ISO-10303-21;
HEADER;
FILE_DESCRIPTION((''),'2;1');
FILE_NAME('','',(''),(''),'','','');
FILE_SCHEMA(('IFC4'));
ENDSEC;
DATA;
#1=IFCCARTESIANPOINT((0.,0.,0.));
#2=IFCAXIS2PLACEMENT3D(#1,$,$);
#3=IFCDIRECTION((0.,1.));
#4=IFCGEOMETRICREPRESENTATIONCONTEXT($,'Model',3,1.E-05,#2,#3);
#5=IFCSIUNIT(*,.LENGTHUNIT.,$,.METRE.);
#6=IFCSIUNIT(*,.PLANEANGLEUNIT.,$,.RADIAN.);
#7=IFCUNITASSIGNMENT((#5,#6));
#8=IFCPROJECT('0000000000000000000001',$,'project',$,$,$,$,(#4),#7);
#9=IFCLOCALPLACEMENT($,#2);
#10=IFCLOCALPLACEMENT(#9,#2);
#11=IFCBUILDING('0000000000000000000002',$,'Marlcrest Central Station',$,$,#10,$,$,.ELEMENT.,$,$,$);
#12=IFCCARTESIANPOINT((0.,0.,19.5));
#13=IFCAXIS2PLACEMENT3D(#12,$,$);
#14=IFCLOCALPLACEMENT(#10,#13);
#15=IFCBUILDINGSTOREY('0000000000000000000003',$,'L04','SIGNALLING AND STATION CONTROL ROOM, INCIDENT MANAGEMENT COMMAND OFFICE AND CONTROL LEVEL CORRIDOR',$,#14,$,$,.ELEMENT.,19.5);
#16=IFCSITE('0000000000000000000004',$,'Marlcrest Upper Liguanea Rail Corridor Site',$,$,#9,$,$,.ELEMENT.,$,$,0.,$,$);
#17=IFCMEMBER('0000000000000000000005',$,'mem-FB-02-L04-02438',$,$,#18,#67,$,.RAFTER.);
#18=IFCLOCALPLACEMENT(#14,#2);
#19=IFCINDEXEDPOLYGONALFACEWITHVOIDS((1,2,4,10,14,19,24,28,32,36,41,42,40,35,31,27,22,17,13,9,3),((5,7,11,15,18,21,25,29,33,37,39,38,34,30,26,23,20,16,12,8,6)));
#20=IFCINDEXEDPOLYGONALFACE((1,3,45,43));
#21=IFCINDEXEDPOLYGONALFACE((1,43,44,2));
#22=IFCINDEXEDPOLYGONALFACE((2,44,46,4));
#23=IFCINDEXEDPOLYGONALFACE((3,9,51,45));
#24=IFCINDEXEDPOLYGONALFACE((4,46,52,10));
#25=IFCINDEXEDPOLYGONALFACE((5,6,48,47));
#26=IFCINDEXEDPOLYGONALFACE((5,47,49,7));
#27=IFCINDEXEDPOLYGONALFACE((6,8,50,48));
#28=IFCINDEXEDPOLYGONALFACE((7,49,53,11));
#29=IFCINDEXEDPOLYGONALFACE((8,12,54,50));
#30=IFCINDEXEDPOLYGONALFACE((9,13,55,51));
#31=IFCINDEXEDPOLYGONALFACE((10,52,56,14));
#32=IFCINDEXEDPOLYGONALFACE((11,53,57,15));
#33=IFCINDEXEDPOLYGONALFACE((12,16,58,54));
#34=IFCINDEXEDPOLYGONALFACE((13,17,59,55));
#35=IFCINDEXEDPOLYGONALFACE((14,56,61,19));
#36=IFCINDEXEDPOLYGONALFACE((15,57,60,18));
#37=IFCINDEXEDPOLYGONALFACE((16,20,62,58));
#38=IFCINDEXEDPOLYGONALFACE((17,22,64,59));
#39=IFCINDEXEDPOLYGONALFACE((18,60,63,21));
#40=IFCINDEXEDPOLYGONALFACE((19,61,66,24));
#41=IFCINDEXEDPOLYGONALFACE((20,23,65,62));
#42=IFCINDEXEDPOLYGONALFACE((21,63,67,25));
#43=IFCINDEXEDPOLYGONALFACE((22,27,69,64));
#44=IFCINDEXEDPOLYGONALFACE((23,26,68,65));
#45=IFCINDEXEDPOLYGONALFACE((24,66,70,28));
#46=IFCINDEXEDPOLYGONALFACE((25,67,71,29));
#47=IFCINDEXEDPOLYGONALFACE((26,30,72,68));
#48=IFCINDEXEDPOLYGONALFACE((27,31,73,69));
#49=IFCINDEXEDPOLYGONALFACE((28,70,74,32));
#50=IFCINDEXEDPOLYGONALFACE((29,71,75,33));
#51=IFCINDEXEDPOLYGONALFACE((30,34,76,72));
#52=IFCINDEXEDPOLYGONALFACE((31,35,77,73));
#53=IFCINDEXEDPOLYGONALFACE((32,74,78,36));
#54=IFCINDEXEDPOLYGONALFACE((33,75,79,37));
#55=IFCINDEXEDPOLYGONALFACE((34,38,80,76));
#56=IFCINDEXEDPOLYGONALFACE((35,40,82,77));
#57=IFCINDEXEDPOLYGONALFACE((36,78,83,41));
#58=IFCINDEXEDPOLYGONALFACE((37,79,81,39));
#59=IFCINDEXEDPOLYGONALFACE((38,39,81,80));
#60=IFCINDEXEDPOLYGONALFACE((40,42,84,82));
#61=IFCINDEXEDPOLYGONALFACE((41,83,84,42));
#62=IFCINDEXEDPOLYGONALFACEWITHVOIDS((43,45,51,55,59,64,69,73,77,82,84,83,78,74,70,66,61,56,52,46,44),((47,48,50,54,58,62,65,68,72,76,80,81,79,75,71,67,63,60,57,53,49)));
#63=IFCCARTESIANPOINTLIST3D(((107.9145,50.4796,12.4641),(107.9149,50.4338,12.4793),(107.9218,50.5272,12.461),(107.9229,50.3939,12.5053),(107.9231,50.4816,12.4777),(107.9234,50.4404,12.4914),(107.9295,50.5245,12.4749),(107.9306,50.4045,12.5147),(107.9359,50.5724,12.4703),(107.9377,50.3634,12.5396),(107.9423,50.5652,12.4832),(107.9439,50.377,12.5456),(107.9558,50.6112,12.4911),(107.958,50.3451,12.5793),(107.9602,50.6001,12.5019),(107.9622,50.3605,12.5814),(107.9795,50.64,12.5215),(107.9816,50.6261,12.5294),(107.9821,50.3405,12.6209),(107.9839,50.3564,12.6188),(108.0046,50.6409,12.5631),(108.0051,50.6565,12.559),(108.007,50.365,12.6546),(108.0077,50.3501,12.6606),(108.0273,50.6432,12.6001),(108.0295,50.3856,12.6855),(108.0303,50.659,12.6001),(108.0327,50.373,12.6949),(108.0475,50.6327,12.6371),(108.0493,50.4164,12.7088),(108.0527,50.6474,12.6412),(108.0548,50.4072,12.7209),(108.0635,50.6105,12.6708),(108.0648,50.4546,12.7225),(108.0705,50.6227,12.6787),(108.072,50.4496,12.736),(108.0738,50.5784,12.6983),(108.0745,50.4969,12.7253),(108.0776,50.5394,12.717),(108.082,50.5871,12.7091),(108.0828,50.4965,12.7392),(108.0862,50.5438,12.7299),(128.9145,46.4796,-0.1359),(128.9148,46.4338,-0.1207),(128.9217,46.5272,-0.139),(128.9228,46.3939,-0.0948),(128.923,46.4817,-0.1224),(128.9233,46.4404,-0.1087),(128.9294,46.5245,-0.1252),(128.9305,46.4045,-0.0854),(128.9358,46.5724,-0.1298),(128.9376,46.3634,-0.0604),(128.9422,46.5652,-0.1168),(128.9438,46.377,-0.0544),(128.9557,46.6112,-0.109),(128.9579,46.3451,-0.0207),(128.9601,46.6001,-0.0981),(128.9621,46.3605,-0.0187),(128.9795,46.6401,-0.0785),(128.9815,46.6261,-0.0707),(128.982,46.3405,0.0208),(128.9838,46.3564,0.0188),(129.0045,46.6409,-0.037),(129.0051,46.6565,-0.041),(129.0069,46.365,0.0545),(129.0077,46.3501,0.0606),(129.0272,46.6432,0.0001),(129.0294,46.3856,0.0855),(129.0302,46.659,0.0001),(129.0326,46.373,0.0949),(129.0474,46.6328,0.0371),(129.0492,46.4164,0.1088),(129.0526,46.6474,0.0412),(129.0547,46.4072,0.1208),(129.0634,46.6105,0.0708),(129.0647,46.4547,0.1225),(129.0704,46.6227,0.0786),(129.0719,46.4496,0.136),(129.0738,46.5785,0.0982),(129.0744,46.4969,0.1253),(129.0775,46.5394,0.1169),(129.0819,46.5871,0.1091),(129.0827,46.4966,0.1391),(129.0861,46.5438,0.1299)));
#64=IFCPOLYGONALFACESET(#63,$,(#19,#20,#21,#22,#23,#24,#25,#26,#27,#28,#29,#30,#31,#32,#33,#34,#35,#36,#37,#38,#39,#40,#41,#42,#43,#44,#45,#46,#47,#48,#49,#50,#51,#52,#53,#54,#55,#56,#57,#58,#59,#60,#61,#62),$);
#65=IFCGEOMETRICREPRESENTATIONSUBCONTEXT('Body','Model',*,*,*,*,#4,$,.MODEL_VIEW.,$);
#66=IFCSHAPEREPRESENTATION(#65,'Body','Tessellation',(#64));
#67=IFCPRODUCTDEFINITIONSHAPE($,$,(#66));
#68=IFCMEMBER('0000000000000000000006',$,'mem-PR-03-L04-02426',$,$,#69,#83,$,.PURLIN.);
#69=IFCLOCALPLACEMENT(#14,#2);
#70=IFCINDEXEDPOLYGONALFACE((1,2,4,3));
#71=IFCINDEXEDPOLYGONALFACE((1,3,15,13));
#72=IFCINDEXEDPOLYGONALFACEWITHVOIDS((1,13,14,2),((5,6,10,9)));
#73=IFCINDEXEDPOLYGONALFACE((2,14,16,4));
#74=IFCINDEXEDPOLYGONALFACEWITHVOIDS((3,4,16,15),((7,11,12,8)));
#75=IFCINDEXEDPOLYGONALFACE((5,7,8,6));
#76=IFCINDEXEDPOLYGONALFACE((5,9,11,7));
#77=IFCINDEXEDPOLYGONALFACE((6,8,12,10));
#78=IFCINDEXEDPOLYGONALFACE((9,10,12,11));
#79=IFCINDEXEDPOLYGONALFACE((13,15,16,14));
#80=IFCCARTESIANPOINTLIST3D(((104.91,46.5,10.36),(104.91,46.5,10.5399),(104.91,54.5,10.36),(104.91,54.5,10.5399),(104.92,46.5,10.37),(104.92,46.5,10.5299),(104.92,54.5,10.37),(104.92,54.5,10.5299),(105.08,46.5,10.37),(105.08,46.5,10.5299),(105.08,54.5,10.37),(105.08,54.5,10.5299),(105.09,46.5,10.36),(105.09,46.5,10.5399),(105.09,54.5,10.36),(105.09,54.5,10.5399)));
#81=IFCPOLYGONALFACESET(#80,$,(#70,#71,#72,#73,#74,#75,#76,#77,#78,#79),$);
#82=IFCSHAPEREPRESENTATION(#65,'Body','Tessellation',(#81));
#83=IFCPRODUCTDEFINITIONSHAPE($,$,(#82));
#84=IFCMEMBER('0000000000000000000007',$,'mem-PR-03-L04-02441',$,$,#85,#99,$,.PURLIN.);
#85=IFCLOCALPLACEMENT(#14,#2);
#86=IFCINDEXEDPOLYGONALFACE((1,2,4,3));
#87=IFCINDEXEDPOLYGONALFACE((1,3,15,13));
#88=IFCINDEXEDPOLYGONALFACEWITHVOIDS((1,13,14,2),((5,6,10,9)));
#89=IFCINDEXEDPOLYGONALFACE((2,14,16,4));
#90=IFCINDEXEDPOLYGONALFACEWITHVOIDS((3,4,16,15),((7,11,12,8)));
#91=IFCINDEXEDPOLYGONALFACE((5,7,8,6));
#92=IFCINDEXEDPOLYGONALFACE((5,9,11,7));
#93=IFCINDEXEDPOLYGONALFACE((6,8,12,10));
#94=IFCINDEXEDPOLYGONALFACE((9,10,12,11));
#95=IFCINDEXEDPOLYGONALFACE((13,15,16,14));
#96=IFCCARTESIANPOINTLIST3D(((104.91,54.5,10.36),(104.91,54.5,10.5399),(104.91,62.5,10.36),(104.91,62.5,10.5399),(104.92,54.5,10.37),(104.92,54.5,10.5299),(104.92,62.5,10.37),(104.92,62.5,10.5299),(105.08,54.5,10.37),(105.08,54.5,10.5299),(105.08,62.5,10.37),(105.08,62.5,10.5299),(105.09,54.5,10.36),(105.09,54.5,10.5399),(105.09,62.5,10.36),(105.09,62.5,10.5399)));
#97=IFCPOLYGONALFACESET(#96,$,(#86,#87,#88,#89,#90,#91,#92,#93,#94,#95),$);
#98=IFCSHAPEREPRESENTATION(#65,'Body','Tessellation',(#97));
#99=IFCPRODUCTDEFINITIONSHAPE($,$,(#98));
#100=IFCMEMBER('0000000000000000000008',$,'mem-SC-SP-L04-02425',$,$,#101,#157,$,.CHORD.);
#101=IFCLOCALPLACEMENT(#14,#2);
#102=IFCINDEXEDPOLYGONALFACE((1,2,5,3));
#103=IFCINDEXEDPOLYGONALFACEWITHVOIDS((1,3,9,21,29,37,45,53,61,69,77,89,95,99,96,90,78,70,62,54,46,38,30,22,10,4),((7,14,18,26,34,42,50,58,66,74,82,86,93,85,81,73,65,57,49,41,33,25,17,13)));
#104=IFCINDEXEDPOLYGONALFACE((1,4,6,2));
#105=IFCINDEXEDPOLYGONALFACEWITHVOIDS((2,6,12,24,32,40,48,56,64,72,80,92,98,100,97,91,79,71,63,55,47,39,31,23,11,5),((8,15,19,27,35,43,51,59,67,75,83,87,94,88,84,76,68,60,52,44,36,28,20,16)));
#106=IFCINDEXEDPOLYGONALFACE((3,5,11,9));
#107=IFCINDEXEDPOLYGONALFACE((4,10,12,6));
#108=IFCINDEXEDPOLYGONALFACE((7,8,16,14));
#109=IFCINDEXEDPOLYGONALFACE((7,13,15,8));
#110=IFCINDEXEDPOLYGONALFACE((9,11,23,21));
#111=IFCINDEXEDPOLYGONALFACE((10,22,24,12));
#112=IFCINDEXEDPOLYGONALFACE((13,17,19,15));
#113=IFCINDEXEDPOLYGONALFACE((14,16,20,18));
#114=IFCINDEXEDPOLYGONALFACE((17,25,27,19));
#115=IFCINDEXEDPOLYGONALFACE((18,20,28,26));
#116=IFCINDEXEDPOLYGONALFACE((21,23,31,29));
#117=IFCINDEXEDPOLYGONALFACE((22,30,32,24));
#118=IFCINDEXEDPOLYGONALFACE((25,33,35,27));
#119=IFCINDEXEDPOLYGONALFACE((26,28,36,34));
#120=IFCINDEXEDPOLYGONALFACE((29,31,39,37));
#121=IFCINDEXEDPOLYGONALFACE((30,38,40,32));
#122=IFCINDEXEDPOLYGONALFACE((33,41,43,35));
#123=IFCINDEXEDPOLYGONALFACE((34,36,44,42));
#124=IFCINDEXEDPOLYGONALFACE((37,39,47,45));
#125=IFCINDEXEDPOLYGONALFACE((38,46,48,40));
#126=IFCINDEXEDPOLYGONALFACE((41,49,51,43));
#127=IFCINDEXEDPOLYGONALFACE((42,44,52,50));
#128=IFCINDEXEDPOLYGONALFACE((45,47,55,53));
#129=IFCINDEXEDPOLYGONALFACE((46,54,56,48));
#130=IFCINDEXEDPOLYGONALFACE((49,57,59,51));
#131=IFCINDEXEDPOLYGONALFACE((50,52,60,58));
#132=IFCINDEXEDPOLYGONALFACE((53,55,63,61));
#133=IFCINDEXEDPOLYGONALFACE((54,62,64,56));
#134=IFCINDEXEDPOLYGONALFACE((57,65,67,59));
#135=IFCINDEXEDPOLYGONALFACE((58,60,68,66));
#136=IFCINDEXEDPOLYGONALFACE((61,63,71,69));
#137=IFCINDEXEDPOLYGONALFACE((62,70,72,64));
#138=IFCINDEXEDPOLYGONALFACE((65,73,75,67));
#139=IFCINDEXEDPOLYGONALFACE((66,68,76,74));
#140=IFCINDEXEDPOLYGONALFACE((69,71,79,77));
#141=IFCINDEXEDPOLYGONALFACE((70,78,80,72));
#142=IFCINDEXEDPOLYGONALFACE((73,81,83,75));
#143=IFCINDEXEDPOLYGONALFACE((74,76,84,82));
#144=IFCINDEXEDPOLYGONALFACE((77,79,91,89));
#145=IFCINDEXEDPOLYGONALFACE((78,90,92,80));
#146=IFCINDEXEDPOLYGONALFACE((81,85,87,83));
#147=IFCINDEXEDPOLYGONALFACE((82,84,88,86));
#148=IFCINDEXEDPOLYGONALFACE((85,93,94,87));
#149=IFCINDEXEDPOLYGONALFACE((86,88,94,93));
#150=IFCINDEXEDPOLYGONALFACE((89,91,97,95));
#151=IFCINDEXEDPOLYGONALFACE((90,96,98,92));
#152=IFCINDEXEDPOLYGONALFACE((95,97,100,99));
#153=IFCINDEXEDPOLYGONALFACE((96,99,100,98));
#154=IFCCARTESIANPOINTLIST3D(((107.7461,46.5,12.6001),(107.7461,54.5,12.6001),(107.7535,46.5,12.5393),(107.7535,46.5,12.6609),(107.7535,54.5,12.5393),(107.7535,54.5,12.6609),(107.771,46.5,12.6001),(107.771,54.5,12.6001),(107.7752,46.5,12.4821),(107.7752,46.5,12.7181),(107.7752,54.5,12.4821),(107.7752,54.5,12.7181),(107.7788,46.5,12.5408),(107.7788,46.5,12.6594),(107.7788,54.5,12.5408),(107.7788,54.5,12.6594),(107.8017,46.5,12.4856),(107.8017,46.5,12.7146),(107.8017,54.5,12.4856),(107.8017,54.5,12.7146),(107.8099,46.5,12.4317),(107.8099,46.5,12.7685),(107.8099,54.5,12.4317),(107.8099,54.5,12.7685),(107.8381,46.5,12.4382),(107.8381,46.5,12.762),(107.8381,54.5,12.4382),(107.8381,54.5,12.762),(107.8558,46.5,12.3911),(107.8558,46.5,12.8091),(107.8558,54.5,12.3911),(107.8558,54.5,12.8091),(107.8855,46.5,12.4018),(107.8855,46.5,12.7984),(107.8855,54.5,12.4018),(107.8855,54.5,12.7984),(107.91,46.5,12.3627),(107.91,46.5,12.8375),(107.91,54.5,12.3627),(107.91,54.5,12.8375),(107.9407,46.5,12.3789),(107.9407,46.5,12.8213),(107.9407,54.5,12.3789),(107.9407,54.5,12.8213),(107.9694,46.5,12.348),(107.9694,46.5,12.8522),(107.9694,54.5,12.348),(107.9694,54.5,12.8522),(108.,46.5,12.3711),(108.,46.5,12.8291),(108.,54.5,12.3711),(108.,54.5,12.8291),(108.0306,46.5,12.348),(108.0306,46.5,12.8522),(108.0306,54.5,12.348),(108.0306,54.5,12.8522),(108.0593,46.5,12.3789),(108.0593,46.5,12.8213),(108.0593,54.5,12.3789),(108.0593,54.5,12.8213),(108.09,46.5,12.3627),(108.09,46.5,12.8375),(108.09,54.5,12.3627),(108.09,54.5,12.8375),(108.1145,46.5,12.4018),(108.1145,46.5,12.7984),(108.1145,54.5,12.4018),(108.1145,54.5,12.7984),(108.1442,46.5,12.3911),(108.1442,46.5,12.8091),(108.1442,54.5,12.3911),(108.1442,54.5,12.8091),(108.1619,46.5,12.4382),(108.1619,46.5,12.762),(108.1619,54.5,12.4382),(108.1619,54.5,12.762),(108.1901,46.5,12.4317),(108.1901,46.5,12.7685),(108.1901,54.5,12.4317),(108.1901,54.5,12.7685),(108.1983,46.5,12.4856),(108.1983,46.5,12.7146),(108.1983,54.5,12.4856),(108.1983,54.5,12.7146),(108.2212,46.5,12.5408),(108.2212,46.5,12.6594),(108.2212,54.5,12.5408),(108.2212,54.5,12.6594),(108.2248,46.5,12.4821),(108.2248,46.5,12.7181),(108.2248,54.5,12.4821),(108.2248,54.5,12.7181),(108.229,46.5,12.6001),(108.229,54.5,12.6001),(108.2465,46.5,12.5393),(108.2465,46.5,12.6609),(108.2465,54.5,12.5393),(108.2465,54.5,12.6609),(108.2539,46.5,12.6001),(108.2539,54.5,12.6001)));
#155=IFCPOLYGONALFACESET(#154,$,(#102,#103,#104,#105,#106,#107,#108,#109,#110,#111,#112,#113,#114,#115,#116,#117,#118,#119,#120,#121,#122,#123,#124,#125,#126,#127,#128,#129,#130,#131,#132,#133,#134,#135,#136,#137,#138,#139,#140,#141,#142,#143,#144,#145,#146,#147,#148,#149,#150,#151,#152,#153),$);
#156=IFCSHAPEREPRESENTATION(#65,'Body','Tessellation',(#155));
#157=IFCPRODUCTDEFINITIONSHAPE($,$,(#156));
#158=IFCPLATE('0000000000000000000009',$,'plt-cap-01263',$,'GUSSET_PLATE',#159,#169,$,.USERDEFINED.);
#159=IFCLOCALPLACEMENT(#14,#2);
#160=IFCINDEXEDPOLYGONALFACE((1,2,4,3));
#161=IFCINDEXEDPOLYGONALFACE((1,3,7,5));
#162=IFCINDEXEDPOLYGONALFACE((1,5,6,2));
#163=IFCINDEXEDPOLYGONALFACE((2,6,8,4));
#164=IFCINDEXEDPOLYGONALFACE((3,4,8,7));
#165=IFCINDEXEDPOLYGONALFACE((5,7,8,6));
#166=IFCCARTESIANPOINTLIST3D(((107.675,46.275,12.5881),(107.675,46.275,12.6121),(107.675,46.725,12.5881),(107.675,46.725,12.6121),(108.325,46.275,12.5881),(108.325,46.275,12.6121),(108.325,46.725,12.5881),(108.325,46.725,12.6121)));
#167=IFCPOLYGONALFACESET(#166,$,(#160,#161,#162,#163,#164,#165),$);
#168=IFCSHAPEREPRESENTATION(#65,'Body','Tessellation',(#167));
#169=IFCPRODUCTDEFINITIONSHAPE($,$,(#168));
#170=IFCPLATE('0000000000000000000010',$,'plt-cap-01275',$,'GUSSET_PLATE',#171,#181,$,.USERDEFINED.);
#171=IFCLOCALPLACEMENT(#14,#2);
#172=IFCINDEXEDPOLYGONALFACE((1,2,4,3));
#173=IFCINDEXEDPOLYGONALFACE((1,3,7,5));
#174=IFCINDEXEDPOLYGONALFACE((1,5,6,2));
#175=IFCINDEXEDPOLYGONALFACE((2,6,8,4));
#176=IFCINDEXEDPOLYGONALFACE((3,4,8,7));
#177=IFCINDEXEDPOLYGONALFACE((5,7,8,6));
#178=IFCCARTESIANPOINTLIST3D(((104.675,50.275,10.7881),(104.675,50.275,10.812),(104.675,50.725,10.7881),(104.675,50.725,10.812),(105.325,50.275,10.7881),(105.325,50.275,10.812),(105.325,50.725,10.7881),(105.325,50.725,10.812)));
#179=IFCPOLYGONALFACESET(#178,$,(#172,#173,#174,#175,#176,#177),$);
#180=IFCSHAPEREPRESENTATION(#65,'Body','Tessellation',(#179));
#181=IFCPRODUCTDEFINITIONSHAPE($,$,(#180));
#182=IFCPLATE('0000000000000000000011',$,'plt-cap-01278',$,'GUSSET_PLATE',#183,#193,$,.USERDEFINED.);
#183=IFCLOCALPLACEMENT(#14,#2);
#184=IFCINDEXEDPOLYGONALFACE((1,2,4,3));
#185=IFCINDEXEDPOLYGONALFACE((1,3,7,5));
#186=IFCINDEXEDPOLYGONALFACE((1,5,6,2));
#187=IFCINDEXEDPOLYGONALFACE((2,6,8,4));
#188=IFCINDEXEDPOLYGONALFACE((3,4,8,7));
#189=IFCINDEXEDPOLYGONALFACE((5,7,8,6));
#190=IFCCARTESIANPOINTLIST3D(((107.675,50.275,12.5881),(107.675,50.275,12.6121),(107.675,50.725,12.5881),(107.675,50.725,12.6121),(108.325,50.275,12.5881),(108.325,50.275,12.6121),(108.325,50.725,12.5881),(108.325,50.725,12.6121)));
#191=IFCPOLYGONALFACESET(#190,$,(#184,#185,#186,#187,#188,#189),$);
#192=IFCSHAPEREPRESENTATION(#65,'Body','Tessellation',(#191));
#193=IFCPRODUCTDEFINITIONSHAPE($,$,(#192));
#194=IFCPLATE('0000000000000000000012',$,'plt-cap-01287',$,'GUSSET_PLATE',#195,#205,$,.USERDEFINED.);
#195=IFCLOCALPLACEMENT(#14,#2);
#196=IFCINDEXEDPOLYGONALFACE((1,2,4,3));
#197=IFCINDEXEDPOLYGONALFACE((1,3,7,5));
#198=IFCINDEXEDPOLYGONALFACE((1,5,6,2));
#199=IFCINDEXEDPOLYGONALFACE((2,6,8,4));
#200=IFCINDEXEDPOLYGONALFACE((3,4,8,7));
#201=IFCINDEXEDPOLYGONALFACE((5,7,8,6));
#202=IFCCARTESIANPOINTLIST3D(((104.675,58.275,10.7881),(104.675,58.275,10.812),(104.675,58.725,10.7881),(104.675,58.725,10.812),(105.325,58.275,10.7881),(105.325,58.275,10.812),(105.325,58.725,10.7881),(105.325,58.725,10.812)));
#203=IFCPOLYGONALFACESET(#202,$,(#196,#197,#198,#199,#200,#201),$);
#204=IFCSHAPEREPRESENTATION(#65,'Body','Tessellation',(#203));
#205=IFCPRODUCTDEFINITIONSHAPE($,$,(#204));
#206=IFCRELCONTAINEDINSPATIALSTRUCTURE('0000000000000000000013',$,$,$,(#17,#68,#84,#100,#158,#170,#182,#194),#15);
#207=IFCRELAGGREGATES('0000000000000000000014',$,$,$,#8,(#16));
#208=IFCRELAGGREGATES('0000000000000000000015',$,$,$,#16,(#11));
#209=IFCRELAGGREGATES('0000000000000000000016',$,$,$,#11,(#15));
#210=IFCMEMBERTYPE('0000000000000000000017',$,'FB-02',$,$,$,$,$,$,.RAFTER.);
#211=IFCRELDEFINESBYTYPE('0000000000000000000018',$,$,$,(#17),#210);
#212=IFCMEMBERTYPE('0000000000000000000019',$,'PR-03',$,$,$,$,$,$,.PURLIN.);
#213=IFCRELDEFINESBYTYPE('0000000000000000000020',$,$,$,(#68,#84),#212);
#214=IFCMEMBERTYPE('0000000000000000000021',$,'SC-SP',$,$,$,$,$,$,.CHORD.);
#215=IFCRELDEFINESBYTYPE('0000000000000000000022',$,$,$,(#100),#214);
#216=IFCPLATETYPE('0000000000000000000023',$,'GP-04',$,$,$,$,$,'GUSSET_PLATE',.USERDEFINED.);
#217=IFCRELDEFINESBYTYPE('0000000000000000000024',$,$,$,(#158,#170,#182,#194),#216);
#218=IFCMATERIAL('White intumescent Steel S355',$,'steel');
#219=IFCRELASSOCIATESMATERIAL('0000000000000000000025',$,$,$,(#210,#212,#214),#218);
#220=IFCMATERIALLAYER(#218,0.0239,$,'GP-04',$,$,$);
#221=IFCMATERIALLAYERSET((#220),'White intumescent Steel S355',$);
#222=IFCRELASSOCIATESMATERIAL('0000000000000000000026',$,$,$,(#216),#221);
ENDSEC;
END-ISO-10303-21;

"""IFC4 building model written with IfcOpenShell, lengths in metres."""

from ifc_helpers import new_model, si_unit, direction, frame, origin, origin_2d, place, context, subcontext, project, spatial, rectangle, hollow_rectangle, hollow_circle, extrude, material, layer, layer_set, material_profile, profile_set, type_object, element, save


model = new_model("IFC4")

# Units and contexts
model_context = context("Model", 3, precision=1e-05, world=origin(), true_north=direction((0.0, 1.0)))
body_context = subcontext(model_context, "Body", "Model", "MODEL_VIEW")
ifc_project = project(units=[si_unit("LENGTHUNIT", "METRE"), si_unit("PLANEANGLEUNIT", "RADIAN")], contexts=[model_context])

# Site, building, storey
site_placement = place(None, origin())
site = spatial("IfcSite", under=ifc_project, at=site_placement, Name="Marlcrest Upper Liguanea Rail Corridor Site", CompositionType="ELEMENT", RefElevation=0.0)
building_placement = place(site_placement, origin())
building = spatial("IfcBuilding", under=site, at=building_placement, Name="Marlcrest Central Station", CompositionType="ELEMENT")
storey_placement = place(building_placement, frame((0.0, 0.0, 19.5)))
storey = spatial("IfcBuildingStorey", under=building, at=storey_placement, Name="L04", Description="SIGNALLING AND STATION CONTROL ROOM, INCIDENT MANAGEMENT COMMAND OFFICE AND CONTROL LEVEL CORRIDOR", CompositionType="ELEMENT", Elevation=19.5)

# Members
ifc_material_1 = material(Name="White intumescent Steel S355", Category="steel")
ifc_material_profile_1 = material_profile(ifc_material_1, hollow_circle(Radius=0.1619, WallThickness=0.0161, at=origin_2d()), Name="CHS 323.9x16")
ifc_profile_set_1 = profile_set([ifc_material_profile_1], Name="White intumescent Steel S355")
member_type_1 = type_object("IfcMemberType", Name="FB-02", PredefinedType="RAFTER", material=ifc_profile_set_1)
for number, where, z_axis, x_axis, name in (
    (1, (108.0, 50.5, 12.6001), (0.846277, -0.161196, -0.50777), (0.187112, 0.982339, 0.0), "mem-FB-02-L04-02438"),
):
    element("IfcMember", number, at=place(storey_placement, frame(where, z_axis=z_axis, x_axis=x_axis)), inside=storey, type_object=member_type_1, Name=name, PredefinedType="RAFTER", context=body_context, shape_type="SweptSolid", body=[
        extrude(hollow_circle(Radius=0.1619, WallThickness=0.0161, at=origin_2d()), origin(), (0.0, 0.0, 1.0), 24.8145),
    ])
ifc_material_profile_2 = material_profile(ifc_material_1, hollow_rectangle(XDim=0.1799, YDim=0.1799, WallThickness=0.01, at=origin_2d()), Name="SHS 180x180x10")
ifc_profile_set_2 = profile_set([ifc_material_profile_2], Name="White intumescent Steel S355")
member_type_2 = type_object("IfcMemberType", Name="PR-03", PredefinedType="PURLIN", material=ifc_profile_set_2)
for number, where, z_axis, x_axis, name in (
    (2, (105.0, 46.5, 10.45), (0.0, 1.0, 0.0), (-1.0, 0.0, 0.0), "mem-PR-03-L04-02426"),
    (3, (105.0, 54.5, 10.45), (0.0, 1.0, 0.0), (-1.0, 0.0, 0.0), "mem-PR-03-L04-02441"),
):
    element("IfcMember", number, at=place(storey_placement, frame(where, z_axis=z_axis, x_axis=x_axis)), inside=storey, type_object=member_type_2, Name=name, PredefinedType="PURLIN", context=body_context, shape_type="SweptSolid", body=[
        extrude(hollow_rectangle(XDim=0.1799, YDim=0.1799, WallThickness=0.01, at=origin_2d()), origin(), (0.0, 0.0, 1.0), 8.0),
    ])
ifc_material_profile_3 = material_profile(ifc_material_1, hollow_circle(Radius=0.2539, WallThickness=0.0249, at=origin_2d()), Name="CHS 508x25")
ifc_profile_set_3 = profile_set([ifc_material_profile_3], Name="White intumescent Steel S355")
member_type_3 = type_object("IfcMemberType", Name="SC-SP", PredefinedType="CHORD", material=ifc_profile_set_3)
member_placement = place(storey_placement, frame((108.0, 46.5, 12.6001), z_axis=(0.0, 1.0, 0.0), x_axis=(-1.0, 0.0, 0.0)))
element("IfcMember", 4, at=member_placement, inside=storey, type_object=member_type_3, Name="mem-SC-SP-L04-02425", PredefinedType="CHORD", context=body_context, shape_type="SweptSolid", body=[
    extrude(hollow_circle(Radius=0.2539, WallThickness=0.0249, at=origin_2d()), origin(), (0.0, 0.0, 1.0), 8.0),
])

# Plates
ifc_layer_1 = layer(ifc_material_1, 0.0239, Name="GP-04")
ifc_layer_set_1 = layer_set([ifc_layer_1], Name="White intumescent Steel S355")
plate_type_1 = type_object("IfcPlateType", Name="GP-04", ElementType="GUSSET_PLATE", PredefinedType="USERDEFINED", material=ifc_layer_set_1)
for number, where, z_axis, x_axis, name in (
    (5, (108.0, 46.5, 12.5881), (0.0, 0.0, 1.0), (1.0, 0.0, 0.0), "plt-cap-01263"),
    (6, (105.0, 50.5, 10.7881), (0.0, 0.0, 1.0), (1.0, 0.0, 0.0), "plt-cap-01275"),
    (7, (108.0, 50.5, 12.5881), (0.0, 0.0, 1.0), (1.0, 0.0, 0.0), "plt-cap-01278"),
    (8, (105.0, 58.5, 10.7881), (0.0, 0.0, 1.0), (1.0, 0.0, 0.0), "plt-cap-01287"),
):
    element("IfcPlate", number, at=place(storey_placement, frame(where, z_axis=z_axis, x_axis=x_axis)), inside=storey, type_object=plate_type_1, Name=name, ObjectType="GUSSET_PLATE", PredefinedType="USERDEFINED", context=body_context, shape_type="SweptSolid", body=[
        extrude(rectangle(XDim=0.6499, YDim=0.45, at=origin_2d()), origin(), (0.0, 0.0, 1.0), 0.0239),
    ])

save(model, "model.ifc")
